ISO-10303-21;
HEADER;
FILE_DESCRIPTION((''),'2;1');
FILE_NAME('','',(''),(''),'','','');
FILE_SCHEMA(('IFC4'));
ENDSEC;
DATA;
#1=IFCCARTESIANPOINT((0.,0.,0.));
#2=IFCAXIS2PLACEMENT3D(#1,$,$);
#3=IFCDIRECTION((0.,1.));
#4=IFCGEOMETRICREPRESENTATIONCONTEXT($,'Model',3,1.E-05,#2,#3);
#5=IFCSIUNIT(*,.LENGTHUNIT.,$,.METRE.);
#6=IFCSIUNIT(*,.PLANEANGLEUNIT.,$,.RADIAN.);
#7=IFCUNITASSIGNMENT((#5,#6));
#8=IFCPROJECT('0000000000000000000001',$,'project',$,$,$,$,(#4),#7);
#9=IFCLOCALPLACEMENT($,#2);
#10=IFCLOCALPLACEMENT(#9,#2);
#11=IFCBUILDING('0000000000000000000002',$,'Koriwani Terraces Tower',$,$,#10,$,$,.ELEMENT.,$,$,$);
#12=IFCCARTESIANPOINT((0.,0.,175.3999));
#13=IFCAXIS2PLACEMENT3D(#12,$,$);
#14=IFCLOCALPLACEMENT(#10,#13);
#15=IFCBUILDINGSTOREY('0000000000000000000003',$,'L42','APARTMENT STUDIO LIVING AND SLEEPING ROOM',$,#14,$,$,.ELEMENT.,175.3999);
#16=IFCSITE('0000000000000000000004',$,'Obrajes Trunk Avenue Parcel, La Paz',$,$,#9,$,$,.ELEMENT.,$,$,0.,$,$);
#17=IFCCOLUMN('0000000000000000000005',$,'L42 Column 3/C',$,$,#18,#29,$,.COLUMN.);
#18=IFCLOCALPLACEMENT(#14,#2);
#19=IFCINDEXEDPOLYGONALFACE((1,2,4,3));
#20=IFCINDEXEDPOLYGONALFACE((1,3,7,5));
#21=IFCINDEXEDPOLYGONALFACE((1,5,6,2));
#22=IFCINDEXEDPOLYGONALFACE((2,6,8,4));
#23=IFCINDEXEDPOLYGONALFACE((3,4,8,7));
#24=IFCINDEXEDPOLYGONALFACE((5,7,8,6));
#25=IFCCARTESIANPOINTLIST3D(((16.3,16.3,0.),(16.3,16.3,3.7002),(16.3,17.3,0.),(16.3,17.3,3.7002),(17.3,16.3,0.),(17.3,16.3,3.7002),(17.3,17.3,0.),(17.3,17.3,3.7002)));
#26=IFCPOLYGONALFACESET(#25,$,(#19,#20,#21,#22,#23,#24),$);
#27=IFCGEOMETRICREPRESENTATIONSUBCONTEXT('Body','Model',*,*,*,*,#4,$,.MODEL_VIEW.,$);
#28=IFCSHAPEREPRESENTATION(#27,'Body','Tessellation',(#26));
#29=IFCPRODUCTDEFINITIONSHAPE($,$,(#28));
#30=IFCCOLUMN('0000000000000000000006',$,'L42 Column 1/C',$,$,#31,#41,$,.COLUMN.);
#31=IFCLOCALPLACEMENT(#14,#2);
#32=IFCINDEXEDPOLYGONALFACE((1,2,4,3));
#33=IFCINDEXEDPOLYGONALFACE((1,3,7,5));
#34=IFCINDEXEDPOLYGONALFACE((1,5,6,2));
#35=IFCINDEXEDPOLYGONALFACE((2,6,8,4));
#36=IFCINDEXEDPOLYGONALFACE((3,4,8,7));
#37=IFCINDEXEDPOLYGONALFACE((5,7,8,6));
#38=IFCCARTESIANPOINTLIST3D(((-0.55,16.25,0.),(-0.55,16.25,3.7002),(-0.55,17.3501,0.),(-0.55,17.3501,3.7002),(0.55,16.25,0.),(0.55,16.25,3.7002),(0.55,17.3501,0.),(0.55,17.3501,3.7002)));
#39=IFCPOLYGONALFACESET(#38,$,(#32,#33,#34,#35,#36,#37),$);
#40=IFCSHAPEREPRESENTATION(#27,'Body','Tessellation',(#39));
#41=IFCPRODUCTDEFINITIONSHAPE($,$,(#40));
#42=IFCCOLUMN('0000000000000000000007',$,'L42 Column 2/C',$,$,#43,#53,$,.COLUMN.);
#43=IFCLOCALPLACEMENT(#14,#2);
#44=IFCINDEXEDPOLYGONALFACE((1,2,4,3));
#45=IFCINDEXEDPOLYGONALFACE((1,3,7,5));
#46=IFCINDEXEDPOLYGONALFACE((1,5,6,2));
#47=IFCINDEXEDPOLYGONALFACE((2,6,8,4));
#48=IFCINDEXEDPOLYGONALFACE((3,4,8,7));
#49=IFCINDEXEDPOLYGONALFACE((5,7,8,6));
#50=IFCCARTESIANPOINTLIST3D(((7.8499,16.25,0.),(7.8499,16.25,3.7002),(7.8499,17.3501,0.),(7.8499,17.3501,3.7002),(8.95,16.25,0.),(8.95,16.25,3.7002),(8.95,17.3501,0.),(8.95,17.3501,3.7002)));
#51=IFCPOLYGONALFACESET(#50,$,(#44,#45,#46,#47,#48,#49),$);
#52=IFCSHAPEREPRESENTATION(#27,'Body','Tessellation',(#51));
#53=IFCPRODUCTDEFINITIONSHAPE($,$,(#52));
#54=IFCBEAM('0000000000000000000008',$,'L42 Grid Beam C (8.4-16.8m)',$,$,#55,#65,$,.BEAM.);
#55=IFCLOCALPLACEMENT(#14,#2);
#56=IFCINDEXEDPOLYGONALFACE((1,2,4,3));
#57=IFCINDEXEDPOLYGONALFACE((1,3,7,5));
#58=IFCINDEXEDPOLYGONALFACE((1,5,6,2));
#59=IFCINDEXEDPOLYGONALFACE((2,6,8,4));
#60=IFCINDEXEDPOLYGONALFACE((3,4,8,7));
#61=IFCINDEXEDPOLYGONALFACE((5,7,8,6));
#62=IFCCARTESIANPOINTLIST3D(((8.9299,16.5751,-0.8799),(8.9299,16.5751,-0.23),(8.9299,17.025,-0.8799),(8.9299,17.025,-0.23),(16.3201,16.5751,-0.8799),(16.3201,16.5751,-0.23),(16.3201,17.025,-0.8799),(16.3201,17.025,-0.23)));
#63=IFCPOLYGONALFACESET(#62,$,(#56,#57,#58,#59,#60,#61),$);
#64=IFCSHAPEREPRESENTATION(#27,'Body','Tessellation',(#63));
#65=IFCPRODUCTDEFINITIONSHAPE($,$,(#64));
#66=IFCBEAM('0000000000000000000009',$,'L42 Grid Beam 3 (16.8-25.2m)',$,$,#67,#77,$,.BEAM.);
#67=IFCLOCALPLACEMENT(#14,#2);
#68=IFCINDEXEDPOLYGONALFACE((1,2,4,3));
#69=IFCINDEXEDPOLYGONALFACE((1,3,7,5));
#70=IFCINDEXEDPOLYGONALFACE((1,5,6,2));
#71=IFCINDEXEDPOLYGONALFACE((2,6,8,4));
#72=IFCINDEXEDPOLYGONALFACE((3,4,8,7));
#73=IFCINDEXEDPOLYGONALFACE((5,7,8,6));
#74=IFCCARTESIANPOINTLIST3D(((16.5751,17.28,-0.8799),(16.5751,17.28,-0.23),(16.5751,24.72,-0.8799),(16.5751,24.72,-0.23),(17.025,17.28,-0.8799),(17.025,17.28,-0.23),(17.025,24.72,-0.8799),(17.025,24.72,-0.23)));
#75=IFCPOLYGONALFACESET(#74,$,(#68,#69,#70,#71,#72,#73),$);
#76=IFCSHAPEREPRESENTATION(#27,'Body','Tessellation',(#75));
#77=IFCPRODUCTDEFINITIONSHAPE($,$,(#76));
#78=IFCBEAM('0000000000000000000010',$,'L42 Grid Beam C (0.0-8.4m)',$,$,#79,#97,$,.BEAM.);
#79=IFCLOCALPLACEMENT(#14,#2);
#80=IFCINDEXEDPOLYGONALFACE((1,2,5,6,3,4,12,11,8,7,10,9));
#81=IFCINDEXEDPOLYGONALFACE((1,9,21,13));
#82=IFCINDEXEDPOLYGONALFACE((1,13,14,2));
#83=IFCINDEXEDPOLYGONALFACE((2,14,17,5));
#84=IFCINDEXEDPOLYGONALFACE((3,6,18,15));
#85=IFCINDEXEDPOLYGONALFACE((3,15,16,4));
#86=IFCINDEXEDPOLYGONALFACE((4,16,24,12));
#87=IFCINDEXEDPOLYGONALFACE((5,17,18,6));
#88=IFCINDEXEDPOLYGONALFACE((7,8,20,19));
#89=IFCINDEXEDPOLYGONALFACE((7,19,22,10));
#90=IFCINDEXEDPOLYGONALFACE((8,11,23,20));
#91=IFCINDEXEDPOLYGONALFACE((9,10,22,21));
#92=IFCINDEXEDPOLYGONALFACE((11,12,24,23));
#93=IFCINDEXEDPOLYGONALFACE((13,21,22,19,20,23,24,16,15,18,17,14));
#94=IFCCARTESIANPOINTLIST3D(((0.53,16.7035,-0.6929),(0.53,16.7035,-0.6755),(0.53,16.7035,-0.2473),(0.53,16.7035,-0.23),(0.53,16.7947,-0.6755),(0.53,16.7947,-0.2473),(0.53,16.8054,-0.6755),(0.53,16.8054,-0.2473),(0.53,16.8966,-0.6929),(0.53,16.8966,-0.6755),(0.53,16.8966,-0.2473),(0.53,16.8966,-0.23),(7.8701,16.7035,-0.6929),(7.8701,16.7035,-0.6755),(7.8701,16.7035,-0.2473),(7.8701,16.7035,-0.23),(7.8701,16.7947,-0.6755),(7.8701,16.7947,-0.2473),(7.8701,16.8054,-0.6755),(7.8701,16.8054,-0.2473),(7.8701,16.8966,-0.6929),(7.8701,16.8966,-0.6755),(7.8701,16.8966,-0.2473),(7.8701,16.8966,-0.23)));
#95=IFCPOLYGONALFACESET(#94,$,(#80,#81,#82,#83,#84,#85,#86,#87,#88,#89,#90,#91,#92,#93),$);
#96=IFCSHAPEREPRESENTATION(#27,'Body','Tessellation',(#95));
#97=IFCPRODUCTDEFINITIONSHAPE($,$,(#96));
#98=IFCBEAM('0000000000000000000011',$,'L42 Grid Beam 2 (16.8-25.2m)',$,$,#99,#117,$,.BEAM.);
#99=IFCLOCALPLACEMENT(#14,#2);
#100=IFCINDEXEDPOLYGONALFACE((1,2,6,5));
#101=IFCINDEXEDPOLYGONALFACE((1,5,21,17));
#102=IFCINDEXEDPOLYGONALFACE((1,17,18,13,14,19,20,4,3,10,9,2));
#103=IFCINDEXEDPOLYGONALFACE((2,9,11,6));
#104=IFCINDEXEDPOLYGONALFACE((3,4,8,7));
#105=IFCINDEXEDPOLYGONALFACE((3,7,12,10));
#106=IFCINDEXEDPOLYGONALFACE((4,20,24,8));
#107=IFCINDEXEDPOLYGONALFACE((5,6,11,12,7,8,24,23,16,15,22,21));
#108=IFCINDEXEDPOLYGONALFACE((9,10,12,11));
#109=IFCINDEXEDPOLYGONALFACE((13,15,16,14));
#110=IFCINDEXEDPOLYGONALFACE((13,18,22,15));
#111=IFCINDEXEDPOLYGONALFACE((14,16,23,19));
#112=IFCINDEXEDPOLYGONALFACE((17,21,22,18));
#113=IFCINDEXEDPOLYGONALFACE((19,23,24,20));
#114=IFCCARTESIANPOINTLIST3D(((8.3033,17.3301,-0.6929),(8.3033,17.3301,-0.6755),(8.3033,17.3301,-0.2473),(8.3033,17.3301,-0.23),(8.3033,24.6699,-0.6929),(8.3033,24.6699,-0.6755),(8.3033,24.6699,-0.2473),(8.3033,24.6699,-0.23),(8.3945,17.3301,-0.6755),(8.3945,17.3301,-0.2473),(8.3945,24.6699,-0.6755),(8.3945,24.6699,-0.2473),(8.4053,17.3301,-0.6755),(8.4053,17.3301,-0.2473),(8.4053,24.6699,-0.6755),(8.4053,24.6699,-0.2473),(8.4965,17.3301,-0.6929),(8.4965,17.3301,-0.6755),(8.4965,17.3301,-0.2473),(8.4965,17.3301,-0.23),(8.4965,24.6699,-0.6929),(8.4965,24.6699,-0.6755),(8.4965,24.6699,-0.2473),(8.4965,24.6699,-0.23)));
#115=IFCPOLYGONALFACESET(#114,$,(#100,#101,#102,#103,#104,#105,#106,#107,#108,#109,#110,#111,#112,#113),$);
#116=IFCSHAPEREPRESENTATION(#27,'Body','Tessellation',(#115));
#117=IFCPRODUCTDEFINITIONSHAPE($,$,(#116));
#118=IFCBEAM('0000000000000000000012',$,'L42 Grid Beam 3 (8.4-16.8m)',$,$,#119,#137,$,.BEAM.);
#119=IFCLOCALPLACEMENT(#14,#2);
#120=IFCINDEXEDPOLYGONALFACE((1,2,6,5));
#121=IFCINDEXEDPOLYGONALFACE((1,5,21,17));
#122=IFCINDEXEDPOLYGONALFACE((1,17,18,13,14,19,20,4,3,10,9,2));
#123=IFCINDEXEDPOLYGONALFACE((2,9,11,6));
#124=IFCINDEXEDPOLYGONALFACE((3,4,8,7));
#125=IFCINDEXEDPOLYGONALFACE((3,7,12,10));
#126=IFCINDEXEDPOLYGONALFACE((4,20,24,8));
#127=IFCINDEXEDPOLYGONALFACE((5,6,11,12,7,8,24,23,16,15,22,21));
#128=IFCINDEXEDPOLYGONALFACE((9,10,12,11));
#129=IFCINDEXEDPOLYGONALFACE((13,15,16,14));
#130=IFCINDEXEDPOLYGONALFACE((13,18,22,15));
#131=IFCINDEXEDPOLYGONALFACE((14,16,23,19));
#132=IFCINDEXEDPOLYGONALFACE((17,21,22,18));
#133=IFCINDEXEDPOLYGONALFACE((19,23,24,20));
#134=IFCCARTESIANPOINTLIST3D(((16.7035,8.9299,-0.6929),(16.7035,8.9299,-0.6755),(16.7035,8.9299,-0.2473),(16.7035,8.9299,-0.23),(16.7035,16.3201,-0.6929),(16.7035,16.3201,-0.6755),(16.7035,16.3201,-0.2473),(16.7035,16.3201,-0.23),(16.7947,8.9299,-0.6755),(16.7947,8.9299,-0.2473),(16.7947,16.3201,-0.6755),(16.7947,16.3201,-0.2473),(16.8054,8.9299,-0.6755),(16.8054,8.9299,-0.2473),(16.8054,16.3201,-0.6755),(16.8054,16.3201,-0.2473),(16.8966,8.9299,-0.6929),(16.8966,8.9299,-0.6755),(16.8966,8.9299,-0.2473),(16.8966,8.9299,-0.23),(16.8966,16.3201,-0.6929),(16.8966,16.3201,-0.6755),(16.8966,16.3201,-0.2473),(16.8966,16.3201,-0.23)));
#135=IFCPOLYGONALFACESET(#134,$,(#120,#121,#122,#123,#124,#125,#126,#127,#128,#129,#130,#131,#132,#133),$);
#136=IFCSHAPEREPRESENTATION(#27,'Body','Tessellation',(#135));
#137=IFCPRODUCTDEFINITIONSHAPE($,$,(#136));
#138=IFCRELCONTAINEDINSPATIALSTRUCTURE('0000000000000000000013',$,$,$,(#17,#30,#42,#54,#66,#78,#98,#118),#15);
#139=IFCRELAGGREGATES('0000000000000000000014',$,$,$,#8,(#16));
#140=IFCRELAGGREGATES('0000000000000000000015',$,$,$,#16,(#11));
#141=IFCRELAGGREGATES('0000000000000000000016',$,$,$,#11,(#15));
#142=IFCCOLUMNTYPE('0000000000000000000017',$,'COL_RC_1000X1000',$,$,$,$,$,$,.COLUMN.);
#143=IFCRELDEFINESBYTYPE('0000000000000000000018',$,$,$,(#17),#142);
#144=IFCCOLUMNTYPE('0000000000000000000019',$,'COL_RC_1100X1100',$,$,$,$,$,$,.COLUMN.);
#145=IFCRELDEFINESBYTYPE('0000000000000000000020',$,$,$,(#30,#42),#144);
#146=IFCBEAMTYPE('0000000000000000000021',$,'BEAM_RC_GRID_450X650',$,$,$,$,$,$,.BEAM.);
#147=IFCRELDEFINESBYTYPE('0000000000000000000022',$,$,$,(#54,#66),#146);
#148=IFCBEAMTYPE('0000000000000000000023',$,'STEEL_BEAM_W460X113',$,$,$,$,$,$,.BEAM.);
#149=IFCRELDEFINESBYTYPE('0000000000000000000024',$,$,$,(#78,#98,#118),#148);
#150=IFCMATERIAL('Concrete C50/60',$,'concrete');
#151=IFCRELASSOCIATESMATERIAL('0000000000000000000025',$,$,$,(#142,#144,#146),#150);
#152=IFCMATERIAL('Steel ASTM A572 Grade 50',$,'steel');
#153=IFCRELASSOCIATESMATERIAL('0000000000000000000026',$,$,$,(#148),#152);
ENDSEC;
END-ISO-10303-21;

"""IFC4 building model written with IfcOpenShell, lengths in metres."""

from ifc_helpers import new_model, si_unit, direction, frame, origin, origin_2d, place, context, subcontext, project, spatial, rectangle, i_section, extrude, material, material_profile, profile_set, type_object, element, save


model = new_model("IFC4")

# Units and contexts
model_context = context("Model", 3, precision=1e-05, world=origin(), true_north=direction((0.0, 1.0)))
body_context = subcontext(model_context, "Body", "Model", "MODEL_VIEW")
ifc_project = project(units=[si_unit("LENGTHUNIT", "METRE"), si_unit("PLANEANGLEUNIT", "RADIAN")], contexts=[model_context])

# Site, building, storey
site_placement = place(None, origin())
site = spatial("IfcSite", under=ifc_project, at=site_placement, Name="Obrajes Trunk Avenue Parcel, La Paz", CompositionType="ELEMENT", RefElevation=0.0)
building_placement = place(site_placement, origin())
building = spatial("IfcBuilding", under=site, at=building_placement, Name="Koriwani Terraces Tower", CompositionType="ELEMENT")
storey_placement = place(building_placement, frame((0.0, 0.0, 175.3999)))
storey = spatial("IfcBuildingStorey", under=building, at=storey_placement, Name="L42", Description="APARTMENT STUDIO LIVING AND SLEEPING ROOM", CompositionType="ELEMENT", Elevation=175.3999)

# Columns
ifc_material_1 = material(Name="Concrete C50/60", Category="concrete")
ifc_material_profile_1 = material_profile(ifc_material_1, rectangle(XDim=1.0, YDim=1.0, at=origin_2d()), Name="Concrete C50/60", Category="LoadBearing")
ifc_profile_set_1 = profile_set([ifc_material_profile_1], Name="Concrete C50/60")
column_type_1 = type_object("IfcColumnType", Name="COL_RC_1000X1000", PredefinedType="COLUMN", material=ifc_profile_set_1)
column_placement = place(storey_placement, frame((16.8, 16.8, 0.0), z_axis=(0.0, 0.0, 1.0), x_axis=(1.0, 0.0, 0.0)))
element("IfcColumn", 1, at=column_placement, inside=storey, type_object=column_type_1, Name="L42 Column 3/C", PredefinedType="COLUMN", context=body_context, shape_type="SweptSolid", body=[
    extrude(rectangle(XDim=1.0, YDim=1.0, at=origin_2d()), origin(), (0.0, 0.0, 1.0), 3.7002),
])
ifc_material_profile_2 = material_profile(ifc_material_1, rectangle(XDim=1.1001, YDim=1.1001, at=origin_2d()), Name="Concrete C50/60", Category="LoadBearing")
ifc_profile_set_2 = profile_set([ifc_material_profile_2], Name="Concrete C50/60")
column_type_2 = type_object("IfcColumnType", Name="COL_RC_1100X1100", PredefinedType="COLUMN", material=ifc_profile_set_2)
for number, where, z_axis, x_axis, name in (
    (2, (0.0, 16.8, 0.0), (0.0, 0.0, 1.0), (1.0, 0.0, 0.0), "L42 Column 1/C"),
    (3, (8.3999, 16.8, 0.0), (0.0, 0.0, 1.0), (1.0, 0.0, 0.0), "L42 Column 2/C"),
):
    element("IfcColumn", number, at=place(storey_placement, frame(where, z_axis=z_axis, x_axis=x_axis)), inside=storey, type_object=column_type_2, Name=name, PredefinedType="COLUMN", context=body_context, shape_type="SweptSolid", body=[
        extrude(rectangle(XDim=1.1001, YDim=1.1001, at=origin_2d()), origin(), (0.0, 0.0, 1.0), 3.7002),
    ])

# Beams
ifc_material_profile_3 = material_profile(ifc_material_1, rectangle(XDim=0.45, YDim=0.6499, at=origin_2d()), Name="Concrete C50/60", Category="LoadBearing")
ifc_profile_set_3 = profile_set([ifc_material_profile_3], Name="Concrete C50/60")
beam_type_1 = type_object("IfcBeamType", Name="BEAM_RC_GRID_450X650", PredefinedType="BEAM", material=ifc_profile_set_3)
beam_1_placement = place(storey_placement, frame((8.9299, 16.8, -0.5549), z_axis=(1.0, 0.0, 0.0), x_axis=(0.0, 1.0, 0.0)))
element("IfcBeam", 4, at=beam_1_placement, inside=storey, type_object=beam_type_1, Name="L42 Grid Beam C (8.4-16.8m)", PredefinedType="BEAM", context=body_context, shape_type="SweptSolid", body=[
    extrude(rectangle(XDim=0.45, YDim=0.6499, at=origin_2d()), origin(), (0.0, 0.0, 1.0), 7.3901),
])
beam_2_placement = place(storey_placement, frame((16.8, 17.28, -0.5549), z_axis=(0.0, 1.0, 0.0), x_axis=(-1.0, 0.0, 0.0)))
element("IfcBeam", 5, at=beam_2_placement, inside=storey, type_object=beam_type_1, Name="L42 Grid Beam 3 (16.8-25.2m)", PredefinedType="BEAM", context=body_context, shape_type="SweptSolid", body=[
    extrude(rectangle(XDim=0.45, YDim=0.6499, at=origin_2d()), origin(), (0.0, 0.0, 1.0), 7.4399),
])
ifc_material_2 = material(Name="Steel ASTM A572 Grade 50", Category="steel")
ifc_material_profile_4 = material_profile(ifc_material_2, i_section(OverallWidth=0.1931, OverallDepth=0.4629, WebThickness=0.0107, FlangeThickness=0.0173, at=origin_2d()), Name="Steel ASTM A572 Grade 50", Category="LoadBearing")
ifc_profile_set_4 = profile_set([ifc_material_profile_4], Name="Steel ASTM A572 Grade 50")
beam_type_2 = type_object("IfcBeamType", Name="STEEL_BEAM_W460X113", PredefinedType="BEAM", material=ifc_profile_set_4)
beam_3_placement = place(storey_placement, frame((0.53, 16.8, -0.4614), z_axis=(1.0, 0.0, 0.0), x_axis=(0.0, 1.0, 0.0)))
element("IfcBeam", 6, at=beam_3_placement, inside=storey, type_object=beam_type_2, Name="L42 Grid Beam C (0.0-8.4m)", PredefinedType="BEAM", context=body_context, shape_type="SweptSolid", body=[
    extrude(i_section(OverallWidth=0.1931, OverallDepth=0.4629, WebThickness=0.0107, FlangeThickness=0.0173, at=origin_2d()), origin(), (0.0, 0.0, 1.0), 7.3401),
])
beam_4_placement = place(storey_placement, frame((8.3999, 17.3301, -0.4614), z_axis=(0.0, 1.0, 0.0), x_axis=(-1.0, 0.0, 0.0)))
element("IfcBeam", 7, at=beam_4_placement, inside=storey, type_object=beam_type_2, Name="L42 Grid Beam 2 (16.8-25.2m)", PredefinedType="BEAM", context=body_context, shape_type="SweptSolid", body=[
    extrude(i_section(OverallWidth=0.1931, OverallDepth=0.4629, WebThickness=0.0107, FlangeThickness=0.0173, at=origin_2d()), origin(), (0.0, 0.0, 1.0), 7.3398),
])
beam_5_placement = place(storey_placement, frame((16.8, 8.9299, -0.4614), z_axis=(0.0, 1.0, 0.0), x_axis=(-1.0, 0.0, 0.0)))
element("IfcBeam", 8, at=beam_5_placement, inside=storey, type_object=beam_type_2, Name="L42 Grid Beam 3 (8.4-16.8m)", PredefinedType="BEAM", context=body_context, shape_type="SweptSolid", body=[
    extrude(i_section(OverallWidth=0.1931, OverallDepth=0.4629, WebThickness=0.0107, FlangeThickness=0.0173, at=origin_2d()), origin(), (0.0, 0.0, 1.0), 7.3901),
])

save(model, "model.ifc")
